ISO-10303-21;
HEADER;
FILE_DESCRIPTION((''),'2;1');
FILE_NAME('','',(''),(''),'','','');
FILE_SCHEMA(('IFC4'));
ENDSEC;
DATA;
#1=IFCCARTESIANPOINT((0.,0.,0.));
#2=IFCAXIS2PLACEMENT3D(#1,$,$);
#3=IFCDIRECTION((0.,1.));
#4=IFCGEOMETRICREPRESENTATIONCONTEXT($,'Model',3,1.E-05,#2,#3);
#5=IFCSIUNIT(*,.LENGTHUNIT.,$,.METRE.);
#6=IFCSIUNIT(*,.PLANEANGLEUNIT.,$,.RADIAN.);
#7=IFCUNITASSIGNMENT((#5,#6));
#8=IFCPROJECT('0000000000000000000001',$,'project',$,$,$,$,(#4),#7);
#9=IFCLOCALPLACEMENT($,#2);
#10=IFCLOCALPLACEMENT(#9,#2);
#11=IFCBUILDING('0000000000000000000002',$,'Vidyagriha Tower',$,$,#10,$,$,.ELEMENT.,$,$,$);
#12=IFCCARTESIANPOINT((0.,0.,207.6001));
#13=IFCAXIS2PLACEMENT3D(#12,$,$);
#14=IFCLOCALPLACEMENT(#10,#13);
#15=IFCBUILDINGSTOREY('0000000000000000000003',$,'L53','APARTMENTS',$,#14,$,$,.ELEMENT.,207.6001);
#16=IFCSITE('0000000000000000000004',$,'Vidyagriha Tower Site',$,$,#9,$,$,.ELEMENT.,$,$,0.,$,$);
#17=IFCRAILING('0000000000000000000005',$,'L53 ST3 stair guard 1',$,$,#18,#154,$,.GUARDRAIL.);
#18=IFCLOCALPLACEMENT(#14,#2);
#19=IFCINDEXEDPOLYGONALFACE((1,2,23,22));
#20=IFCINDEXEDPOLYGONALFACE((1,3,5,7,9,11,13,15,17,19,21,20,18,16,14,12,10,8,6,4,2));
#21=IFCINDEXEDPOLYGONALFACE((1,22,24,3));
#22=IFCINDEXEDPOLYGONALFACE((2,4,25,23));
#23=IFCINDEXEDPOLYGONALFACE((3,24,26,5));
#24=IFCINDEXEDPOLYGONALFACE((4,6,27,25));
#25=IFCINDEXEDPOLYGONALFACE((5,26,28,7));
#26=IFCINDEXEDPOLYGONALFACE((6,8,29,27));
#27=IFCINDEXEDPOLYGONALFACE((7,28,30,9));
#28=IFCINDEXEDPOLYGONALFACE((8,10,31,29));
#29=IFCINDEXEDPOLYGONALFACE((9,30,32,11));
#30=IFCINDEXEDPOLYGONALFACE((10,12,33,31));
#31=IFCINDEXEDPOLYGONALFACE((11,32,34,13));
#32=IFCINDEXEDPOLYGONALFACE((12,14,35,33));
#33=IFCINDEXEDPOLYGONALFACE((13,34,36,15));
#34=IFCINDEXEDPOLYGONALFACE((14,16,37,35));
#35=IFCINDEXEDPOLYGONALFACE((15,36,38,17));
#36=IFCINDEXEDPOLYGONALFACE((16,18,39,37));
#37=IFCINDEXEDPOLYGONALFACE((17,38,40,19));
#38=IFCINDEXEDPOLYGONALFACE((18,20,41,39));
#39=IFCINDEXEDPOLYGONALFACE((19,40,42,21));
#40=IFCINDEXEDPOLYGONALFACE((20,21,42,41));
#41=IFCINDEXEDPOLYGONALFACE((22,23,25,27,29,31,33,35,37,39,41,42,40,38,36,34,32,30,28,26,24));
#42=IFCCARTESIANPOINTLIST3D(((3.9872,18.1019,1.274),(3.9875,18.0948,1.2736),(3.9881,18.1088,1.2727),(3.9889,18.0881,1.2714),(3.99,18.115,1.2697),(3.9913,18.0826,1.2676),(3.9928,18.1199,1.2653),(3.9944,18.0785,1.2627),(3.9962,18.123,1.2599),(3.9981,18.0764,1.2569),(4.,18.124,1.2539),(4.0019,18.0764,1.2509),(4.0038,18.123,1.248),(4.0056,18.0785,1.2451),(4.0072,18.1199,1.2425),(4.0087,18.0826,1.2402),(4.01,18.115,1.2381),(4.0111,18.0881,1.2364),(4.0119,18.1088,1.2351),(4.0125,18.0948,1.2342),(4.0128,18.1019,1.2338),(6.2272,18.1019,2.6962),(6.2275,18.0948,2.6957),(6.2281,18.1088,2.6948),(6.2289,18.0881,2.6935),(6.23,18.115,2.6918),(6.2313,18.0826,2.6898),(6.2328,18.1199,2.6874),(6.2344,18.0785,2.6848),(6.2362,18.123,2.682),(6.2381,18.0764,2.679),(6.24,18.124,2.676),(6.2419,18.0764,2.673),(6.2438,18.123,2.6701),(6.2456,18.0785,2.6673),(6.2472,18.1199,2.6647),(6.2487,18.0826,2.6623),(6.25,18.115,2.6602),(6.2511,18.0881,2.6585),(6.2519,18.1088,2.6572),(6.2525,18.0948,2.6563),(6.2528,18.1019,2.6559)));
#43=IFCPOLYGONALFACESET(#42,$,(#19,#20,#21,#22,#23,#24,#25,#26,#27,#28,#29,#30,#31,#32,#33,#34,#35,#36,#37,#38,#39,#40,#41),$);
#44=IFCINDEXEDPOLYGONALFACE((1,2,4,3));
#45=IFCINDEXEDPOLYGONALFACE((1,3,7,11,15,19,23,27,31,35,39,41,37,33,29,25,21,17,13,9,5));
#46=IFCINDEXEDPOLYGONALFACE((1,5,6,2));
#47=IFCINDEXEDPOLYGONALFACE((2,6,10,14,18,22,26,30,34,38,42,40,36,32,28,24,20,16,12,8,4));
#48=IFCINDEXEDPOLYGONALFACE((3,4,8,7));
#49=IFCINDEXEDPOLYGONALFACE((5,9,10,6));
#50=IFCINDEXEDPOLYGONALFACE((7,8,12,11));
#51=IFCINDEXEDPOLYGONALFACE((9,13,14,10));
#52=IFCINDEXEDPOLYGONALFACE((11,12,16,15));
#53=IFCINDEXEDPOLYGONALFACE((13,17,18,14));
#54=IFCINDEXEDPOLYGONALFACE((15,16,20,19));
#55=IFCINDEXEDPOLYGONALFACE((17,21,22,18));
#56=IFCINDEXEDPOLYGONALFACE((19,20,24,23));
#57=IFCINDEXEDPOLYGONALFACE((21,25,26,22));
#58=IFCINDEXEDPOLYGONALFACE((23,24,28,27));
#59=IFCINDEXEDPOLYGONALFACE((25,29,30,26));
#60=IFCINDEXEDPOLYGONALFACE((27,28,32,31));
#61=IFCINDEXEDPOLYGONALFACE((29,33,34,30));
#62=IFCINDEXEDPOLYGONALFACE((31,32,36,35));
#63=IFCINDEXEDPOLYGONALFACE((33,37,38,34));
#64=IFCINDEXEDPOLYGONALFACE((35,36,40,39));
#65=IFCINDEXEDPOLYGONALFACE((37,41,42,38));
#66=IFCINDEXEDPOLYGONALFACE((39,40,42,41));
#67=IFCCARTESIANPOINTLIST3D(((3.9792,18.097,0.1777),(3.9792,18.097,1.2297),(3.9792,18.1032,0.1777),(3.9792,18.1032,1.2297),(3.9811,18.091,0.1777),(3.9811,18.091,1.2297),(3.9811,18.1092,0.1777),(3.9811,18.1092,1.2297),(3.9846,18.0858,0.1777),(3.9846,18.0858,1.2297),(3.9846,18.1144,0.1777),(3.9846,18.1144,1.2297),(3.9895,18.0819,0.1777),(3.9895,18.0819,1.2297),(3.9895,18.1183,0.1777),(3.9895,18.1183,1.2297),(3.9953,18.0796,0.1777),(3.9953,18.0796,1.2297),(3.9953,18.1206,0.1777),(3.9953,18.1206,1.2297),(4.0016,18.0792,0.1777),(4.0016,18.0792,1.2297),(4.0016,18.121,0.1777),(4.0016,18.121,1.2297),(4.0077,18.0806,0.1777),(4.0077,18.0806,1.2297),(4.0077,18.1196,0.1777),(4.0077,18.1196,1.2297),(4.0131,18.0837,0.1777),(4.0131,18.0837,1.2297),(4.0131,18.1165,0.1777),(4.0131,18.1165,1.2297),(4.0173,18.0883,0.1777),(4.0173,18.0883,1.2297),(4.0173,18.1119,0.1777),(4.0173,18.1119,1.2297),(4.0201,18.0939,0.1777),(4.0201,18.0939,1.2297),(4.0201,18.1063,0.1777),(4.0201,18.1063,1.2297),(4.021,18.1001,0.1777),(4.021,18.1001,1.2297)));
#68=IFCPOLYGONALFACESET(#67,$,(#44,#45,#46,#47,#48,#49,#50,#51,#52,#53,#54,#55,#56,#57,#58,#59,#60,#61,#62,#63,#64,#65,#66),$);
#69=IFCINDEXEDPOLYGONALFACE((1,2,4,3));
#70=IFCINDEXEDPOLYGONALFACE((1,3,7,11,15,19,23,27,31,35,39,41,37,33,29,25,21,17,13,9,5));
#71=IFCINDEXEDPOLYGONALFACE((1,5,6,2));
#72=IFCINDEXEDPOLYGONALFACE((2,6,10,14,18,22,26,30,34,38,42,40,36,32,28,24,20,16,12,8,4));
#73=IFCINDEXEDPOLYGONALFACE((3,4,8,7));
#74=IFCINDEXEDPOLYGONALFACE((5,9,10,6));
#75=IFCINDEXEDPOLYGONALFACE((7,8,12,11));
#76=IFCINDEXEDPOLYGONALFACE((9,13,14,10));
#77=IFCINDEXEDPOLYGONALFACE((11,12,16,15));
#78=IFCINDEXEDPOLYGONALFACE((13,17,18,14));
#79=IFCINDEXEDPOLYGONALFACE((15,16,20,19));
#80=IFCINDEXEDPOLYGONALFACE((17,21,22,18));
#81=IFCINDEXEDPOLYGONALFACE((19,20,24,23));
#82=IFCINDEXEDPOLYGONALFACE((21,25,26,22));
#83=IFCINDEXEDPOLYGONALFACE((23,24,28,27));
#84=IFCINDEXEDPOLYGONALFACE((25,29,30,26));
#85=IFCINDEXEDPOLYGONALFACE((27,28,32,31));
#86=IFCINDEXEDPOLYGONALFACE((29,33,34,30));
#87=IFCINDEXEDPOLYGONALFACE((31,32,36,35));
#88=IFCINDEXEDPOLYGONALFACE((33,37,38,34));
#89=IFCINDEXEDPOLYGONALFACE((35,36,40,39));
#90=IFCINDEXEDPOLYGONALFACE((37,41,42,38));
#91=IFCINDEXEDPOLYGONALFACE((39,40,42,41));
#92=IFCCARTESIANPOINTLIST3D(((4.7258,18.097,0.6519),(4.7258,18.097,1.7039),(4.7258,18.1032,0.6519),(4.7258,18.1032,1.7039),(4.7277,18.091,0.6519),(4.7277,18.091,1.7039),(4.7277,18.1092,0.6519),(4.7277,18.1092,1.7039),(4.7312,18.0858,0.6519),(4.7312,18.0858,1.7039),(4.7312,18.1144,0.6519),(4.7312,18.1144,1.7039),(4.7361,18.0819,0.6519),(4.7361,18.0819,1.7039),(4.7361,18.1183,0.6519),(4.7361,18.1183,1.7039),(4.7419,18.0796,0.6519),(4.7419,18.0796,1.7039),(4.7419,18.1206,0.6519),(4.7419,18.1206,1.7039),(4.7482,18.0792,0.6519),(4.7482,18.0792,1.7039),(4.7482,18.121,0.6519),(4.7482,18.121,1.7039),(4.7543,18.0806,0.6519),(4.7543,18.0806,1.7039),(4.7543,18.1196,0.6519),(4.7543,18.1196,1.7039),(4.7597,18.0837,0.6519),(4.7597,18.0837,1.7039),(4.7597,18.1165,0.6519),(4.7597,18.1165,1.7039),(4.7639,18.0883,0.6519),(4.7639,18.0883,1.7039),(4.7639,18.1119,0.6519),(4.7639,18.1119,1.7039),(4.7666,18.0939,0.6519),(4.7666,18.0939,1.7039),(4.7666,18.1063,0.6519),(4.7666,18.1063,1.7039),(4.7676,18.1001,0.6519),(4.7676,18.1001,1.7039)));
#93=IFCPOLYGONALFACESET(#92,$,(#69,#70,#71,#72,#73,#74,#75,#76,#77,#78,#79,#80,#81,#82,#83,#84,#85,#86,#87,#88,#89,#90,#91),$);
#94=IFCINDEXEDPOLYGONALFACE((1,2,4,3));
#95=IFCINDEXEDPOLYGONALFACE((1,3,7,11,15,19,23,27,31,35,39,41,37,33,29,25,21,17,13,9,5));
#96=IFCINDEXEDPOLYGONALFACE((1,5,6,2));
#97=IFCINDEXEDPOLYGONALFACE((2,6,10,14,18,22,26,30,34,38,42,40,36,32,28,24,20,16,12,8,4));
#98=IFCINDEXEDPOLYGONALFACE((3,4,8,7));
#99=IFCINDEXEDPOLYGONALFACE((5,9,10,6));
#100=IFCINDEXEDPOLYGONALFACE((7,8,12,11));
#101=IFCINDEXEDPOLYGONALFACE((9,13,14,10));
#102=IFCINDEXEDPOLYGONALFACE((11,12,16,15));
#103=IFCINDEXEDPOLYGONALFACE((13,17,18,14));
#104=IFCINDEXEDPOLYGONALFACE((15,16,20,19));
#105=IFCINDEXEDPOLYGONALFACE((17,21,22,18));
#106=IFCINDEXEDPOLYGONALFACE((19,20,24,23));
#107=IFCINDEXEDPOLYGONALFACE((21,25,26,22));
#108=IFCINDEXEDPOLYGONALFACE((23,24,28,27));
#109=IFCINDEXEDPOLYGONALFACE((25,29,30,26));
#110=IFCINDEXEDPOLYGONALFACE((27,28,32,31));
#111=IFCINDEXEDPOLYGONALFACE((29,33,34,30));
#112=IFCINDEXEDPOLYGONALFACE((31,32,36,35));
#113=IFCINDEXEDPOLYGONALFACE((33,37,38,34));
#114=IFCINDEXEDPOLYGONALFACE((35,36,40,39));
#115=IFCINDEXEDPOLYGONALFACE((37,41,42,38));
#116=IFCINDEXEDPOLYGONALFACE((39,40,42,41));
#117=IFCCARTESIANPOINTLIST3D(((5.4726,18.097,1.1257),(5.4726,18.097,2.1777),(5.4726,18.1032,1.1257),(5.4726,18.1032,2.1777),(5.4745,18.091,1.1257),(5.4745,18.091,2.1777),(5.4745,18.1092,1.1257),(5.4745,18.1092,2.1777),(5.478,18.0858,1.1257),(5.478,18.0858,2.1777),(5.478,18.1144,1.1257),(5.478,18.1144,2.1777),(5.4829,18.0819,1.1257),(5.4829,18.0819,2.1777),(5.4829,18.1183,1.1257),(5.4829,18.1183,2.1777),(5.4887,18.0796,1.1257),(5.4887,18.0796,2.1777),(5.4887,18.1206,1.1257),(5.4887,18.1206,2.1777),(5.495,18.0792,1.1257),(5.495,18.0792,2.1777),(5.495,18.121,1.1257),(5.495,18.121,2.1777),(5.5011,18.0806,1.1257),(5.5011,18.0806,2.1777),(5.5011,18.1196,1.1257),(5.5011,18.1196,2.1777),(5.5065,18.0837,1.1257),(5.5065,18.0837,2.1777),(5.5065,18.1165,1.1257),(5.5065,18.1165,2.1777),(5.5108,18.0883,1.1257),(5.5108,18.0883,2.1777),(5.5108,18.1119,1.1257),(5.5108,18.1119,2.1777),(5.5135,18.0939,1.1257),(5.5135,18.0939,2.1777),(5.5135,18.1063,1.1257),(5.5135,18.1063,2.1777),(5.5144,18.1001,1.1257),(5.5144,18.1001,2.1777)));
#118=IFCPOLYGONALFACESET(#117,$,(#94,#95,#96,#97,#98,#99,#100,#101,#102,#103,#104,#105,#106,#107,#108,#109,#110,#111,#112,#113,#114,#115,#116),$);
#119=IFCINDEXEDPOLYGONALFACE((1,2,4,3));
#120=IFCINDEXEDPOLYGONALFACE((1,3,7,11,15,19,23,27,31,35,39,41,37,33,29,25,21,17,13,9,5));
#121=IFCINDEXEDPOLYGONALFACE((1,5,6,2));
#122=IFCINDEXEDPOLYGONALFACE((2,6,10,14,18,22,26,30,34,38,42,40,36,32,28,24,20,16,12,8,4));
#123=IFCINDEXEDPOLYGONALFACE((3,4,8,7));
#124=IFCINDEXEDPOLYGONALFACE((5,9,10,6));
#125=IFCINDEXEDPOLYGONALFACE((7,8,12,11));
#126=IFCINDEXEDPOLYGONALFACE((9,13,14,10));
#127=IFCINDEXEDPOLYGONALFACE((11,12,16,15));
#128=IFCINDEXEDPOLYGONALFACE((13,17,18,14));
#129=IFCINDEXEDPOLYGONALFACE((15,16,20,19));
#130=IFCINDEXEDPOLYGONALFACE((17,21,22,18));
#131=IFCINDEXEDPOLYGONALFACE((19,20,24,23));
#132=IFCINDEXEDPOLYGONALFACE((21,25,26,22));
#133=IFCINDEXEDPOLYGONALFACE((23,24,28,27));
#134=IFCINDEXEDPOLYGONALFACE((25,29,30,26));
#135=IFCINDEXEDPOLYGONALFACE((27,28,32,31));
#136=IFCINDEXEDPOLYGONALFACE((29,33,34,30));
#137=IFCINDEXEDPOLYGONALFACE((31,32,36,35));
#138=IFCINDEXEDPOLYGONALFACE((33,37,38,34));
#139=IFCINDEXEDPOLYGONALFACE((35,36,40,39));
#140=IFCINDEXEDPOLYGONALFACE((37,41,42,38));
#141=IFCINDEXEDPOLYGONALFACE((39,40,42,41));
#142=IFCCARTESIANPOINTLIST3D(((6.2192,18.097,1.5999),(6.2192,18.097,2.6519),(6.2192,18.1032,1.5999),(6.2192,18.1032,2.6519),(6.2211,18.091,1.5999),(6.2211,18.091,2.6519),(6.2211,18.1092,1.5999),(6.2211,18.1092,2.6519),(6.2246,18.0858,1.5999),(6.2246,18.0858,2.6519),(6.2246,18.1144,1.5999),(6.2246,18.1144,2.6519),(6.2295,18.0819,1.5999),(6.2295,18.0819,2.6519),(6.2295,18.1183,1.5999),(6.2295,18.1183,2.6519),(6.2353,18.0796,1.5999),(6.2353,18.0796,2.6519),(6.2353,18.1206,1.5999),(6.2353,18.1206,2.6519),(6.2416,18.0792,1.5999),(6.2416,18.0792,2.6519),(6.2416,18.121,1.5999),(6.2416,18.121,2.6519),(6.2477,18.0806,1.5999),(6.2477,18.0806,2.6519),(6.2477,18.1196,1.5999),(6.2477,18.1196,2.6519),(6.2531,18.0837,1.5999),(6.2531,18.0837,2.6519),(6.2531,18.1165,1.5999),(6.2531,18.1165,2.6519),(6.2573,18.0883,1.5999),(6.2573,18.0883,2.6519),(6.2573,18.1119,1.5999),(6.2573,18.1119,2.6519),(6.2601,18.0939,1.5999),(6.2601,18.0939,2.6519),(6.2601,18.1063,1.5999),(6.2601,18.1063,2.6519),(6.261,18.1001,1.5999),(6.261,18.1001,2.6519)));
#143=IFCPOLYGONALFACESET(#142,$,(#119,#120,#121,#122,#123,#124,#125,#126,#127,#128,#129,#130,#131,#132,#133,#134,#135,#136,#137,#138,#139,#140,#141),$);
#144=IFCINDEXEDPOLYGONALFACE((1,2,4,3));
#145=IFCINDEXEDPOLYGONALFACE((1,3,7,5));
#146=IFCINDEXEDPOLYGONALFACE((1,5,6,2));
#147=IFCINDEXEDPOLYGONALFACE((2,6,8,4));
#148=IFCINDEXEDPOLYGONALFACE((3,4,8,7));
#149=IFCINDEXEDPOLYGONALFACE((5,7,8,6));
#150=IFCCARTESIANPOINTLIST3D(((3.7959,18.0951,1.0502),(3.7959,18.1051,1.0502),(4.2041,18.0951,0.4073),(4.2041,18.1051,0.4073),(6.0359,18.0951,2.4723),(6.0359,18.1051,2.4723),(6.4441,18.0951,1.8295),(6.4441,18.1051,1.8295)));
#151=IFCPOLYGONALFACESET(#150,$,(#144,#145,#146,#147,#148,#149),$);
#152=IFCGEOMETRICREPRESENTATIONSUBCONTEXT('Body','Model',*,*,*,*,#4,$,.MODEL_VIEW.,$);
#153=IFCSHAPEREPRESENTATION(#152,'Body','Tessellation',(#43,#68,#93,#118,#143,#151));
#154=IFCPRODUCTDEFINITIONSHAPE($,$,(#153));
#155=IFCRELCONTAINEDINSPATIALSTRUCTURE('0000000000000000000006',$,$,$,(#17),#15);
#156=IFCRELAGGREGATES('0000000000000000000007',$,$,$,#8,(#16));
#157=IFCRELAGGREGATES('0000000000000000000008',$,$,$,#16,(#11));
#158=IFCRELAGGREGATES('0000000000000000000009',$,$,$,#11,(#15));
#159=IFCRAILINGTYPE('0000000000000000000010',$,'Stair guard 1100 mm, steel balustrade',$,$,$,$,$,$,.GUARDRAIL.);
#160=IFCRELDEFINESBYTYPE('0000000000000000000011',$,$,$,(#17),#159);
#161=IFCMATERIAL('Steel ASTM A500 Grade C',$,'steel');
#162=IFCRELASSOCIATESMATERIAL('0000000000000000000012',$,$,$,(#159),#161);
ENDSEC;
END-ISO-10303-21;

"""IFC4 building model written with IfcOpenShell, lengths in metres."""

from ifc_helpers import new_model, si_unit, direction, frame, origin, origin_2d, place, context, subcontext, project, spatial, rectangle, circle, extrude, material, type_object, element, save


model = new_model("IFC4")

# Units and contexts
model_context = context("Model", 3, precision=1e-05, world=origin(), true_north=direction((0.0, 1.0)))
body_context = subcontext(model_context, "Body", "Model", "MODEL_VIEW")
ifc_project = project(units=[si_unit("LENGTHUNIT", "METRE"), si_unit("PLANEANGLEUNIT", "RADIAN")], contexts=[model_context])

# Site, building, storey
site_placement = place(None, origin())
site = spatial("IfcSite", under=ifc_project, at=site_placement, Name="Vidyagriha Tower Site", CompositionType="ELEMENT", RefElevation=0.0)
building_placement = place(site_placement, origin())
building = spatial("IfcBuilding", under=site, at=building_placement, Name="Vidyagriha Tower", CompositionType="ELEMENT")
storey_placement = place(building_placement, frame((0.0, 0.0, 207.6001)))
storey = spatial("IfcBuildingStorey", under=building, at=storey_placement, Name="L53", Description="APARTMENTS", CompositionType="ELEMENT", Elevation=207.6001)

# Railing
ifc_material_1 = material(Name="Steel ASTM A500 Grade C", Category="steel")
railing_type_1 = type_object("IfcRailingType", Name="Stair guard 1100 mm, steel balustrade", PredefinedType="GUARDRAIL", material=ifc_material_1)
railing_1_placement = place(storey_placement, frame((4.0, 18.1001, 0.1777)))
element("IfcRailing", 1, at=railing_1_placement, inside=storey, type_object=railing_type_1, Name="L53 ST3 stair guard 1", PredefinedType="GUARDRAIL", context=body_context, shape_type="SweptSolid", body=[
    extrude(circle(Radius=0.0239, at=origin_2d()), frame((0.0, 0.0, 1.0762), z_axis=(0.844229, 0.0, 0.535982), x_axis=(0.0, 1.0, 0.0)), (0.0, 0.0, 1.0), 2.6533),
    extrude(circle(Radius=0.021, at=origin_2d()), origin(), (0.0, 0.0, 1.0), 1.052),
    extrude(circle(Radius=0.021, at=origin_2d()), frame((0.7466, 0.0, 0.4741)), (0.0, 0.0, 1.0), 1.052),
    extrude(circle(Radius=0.021, at=origin_2d()), frame((1.4934, 0.0, 0.948)), (0.0, 0.0, 1.0), 1.052),
    extrude(circle(Radius=0.021, at=origin_2d()), frame((2.24, 0.0, 1.4221)), (0.0, 0.0, 1.0), 1.052),
    extrude(rectangle(XDim=0.01, YDim=0.7615, at=origin_2d()), frame((0.0, 0.0, 0.551), z_axis=(0.844229, 0.0, 0.535982), x_axis=(0.0, 1.0, 0.0)), (0.0, 0.0, 1.0), 2.6533),
])

save(model, "model.ifc")
